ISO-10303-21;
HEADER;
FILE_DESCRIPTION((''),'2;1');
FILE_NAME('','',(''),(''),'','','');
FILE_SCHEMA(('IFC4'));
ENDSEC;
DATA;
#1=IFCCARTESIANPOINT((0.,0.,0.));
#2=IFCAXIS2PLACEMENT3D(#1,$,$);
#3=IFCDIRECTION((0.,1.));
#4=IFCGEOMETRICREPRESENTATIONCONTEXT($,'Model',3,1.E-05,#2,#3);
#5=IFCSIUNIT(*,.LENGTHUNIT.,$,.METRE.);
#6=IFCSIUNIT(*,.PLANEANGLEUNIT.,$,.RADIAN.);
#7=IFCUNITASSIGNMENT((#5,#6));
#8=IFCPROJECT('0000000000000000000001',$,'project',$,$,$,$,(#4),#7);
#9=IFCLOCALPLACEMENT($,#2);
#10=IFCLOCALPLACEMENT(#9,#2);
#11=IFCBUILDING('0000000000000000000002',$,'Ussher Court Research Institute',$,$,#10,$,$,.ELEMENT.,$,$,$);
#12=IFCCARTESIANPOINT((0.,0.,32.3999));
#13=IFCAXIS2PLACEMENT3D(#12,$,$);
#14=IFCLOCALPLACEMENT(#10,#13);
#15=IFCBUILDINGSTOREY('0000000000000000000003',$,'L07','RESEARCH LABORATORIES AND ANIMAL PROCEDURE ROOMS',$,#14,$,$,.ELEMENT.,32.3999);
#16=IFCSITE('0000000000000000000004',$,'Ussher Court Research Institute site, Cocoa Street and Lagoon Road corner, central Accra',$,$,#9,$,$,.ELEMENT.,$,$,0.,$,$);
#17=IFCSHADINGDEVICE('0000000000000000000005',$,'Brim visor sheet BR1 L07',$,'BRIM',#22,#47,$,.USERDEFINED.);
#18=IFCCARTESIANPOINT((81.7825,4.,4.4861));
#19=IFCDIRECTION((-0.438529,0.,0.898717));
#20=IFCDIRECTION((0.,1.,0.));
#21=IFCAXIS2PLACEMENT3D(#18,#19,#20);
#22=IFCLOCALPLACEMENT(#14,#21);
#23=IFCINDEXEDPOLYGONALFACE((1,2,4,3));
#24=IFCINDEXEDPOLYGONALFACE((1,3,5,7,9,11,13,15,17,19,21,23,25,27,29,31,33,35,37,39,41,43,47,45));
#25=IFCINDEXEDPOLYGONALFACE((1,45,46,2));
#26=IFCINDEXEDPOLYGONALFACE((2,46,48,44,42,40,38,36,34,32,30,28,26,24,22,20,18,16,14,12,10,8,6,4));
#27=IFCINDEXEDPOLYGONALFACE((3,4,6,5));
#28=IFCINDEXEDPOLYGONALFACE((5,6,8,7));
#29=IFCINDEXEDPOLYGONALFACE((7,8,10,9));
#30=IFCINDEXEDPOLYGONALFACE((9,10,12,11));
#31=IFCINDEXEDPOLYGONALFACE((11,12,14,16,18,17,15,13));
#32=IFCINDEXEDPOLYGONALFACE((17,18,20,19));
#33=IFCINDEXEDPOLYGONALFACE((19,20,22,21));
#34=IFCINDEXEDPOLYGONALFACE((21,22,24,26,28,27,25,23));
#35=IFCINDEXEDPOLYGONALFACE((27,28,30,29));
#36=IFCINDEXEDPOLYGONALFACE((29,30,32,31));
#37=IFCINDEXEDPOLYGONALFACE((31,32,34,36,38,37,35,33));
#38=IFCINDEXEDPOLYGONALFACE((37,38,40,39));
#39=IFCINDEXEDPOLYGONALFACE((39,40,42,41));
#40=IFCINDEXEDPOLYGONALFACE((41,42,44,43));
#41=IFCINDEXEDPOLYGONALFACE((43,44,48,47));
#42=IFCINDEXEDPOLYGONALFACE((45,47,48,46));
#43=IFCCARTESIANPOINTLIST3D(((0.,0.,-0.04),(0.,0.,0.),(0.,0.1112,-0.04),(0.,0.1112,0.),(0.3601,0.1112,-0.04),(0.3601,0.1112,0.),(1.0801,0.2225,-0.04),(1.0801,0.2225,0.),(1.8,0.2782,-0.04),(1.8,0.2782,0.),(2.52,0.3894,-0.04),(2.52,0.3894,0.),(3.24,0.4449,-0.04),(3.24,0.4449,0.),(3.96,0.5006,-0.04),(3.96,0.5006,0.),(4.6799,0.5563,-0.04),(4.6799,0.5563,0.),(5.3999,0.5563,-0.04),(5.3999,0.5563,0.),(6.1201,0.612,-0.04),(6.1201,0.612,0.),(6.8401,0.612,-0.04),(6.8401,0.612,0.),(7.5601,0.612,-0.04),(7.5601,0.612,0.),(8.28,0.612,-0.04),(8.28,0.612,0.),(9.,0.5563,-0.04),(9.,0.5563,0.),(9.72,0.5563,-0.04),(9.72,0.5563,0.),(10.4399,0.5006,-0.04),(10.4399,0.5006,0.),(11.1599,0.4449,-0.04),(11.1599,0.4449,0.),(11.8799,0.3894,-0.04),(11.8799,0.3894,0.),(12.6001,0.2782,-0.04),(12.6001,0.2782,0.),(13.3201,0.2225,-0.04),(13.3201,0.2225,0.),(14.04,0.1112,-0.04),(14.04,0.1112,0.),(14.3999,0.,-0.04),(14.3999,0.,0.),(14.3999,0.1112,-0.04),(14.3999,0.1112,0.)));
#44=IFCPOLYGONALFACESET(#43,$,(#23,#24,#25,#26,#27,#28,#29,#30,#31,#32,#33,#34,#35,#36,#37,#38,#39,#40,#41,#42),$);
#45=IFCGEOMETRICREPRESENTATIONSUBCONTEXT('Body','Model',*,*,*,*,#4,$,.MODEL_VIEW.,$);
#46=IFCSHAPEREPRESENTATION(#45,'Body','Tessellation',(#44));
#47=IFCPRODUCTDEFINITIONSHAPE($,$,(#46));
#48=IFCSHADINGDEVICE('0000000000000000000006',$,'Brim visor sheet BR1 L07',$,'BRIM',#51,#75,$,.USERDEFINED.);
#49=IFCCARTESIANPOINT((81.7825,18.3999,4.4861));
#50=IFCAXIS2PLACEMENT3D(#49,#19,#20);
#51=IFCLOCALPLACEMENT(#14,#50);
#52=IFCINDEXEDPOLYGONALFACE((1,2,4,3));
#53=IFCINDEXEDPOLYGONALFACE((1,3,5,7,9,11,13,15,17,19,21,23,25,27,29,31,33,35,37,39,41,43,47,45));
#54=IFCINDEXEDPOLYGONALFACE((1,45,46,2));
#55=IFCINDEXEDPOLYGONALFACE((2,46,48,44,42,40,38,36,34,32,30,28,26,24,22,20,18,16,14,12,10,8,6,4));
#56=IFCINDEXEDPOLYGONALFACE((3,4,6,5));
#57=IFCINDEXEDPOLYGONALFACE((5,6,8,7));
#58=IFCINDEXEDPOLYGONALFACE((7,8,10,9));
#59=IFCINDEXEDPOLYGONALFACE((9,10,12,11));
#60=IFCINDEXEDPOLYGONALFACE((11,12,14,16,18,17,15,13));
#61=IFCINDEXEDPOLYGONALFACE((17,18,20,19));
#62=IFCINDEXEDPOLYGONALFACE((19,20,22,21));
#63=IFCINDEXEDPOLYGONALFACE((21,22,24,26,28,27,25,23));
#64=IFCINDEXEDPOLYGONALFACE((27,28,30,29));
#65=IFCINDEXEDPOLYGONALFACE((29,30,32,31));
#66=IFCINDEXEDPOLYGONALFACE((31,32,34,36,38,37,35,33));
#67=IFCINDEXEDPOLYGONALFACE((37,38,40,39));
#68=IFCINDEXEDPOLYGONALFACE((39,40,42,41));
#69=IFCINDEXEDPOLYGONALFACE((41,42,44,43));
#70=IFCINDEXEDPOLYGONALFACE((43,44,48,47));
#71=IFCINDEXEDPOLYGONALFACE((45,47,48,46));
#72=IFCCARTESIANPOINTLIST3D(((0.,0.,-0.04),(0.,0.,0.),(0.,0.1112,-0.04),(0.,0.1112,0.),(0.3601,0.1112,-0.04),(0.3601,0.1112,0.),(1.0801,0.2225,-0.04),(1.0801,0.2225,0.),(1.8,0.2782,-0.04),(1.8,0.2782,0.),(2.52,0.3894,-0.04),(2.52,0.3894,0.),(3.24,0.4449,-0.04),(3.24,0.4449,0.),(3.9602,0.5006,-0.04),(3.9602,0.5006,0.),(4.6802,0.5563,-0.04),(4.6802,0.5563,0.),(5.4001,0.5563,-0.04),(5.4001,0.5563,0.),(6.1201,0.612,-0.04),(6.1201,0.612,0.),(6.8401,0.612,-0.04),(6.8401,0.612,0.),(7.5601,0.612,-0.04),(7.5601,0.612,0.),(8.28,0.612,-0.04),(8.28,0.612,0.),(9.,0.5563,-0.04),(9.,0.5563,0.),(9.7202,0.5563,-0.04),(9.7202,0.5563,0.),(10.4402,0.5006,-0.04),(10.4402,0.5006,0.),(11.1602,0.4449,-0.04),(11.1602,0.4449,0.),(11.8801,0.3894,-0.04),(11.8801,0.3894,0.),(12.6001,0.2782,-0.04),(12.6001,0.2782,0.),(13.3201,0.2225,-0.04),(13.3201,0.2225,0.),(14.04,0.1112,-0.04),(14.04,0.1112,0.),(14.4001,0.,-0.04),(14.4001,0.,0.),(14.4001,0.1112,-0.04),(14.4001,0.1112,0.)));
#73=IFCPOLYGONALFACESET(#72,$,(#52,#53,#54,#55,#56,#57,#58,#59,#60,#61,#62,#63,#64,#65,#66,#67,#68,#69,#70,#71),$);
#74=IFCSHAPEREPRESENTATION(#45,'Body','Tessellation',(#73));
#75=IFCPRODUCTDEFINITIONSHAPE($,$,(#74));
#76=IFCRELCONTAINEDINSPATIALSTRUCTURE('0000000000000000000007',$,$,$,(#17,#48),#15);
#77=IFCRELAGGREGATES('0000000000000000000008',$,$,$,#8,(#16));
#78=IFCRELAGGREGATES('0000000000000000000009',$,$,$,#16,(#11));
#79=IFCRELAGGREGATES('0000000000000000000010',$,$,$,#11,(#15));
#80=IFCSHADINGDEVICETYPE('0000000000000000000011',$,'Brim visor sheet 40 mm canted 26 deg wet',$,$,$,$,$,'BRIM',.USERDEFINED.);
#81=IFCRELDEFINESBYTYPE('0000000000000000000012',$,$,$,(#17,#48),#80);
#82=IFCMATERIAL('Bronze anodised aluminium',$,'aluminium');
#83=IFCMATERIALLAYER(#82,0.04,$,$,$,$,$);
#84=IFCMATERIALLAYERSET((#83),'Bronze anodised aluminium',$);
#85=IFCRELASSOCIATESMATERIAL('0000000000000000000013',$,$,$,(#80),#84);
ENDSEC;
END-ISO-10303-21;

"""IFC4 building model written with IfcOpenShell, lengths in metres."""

from ifc_helpers import new_model, si_unit, direction, frame, origin, place, context, subcontext, project, spatial, polyline, outline, extrude, material, layer, layer_set, type_object, element, save


model = new_model("IFC4")

# Units and contexts
model_context = context("Model", 3, precision=1e-05, world=origin(), true_north=direction((0.0, 1.0)))
body_context = subcontext(model_context, "Body", "Model", "MODEL_VIEW")
ifc_project = project(units=[si_unit("LENGTHUNIT", "METRE"), si_unit("PLANEANGLEUNIT", "RADIAN")], contexts=[model_context])

# Site, building, storey
site_placement = place(None, origin())
site = spatial("IfcSite", under=ifc_project, at=site_placement, Name="Ussher Court Research Institute site, Cocoa Street and Lagoon Road corner, central Accra", CompositionType="ELEMENT", RefElevation=0.0)
building_placement = place(site_placement, origin())
building = spatial("IfcBuilding", under=site, at=building_placement, Name="Ussher Court Research Institute", CompositionType="ELEMENT")
storey_placement = place(building_placement, frame((0.0, 0.0, 32.3999)))
storey = spatial("IfcBuildingStorey", under=building, at=storey_placement, Name="L07", Description="RESEARCH LABORATORIES AND ANIMAL PROCEDURE ROOMS", CompositionType="ELEMENT", Elevation=32.3999)

# Shading devices
ifc_material_1 = material(Name="Bronze anodised aluminium", Category="aluminium")
ifc_layer_1 = layer(ifc_material_1, 0.04)
ifc_layer_set_1 = layer_set([ifc_layer_1], Name="Bronze anodised aluminium")
shading_device_type_1 = type_object("IfcShadingDeviceType", Name="Brim visor sheet 40 mm canted 26 deg wet", ElementType="BRIM", PredefinedType="USERDEFINED", material=ifc_layer_set_1)
shading_device_1_placement = place(storey_placement, frame((81.7825, 4.0, 4.4861), z_axis=(-0.438529, 0.0, 0.898717), x_axis=(0.0, 1.0, 0.0)))
element("IfcShadingDevice", 1, at=shading_device_1_placement, inside=storey, type_object=shading_device_type_1, Name="Brim visor sheet BR1 L07", ObjectType="BRIM", PredefinedType="USERDEFINED", context=body_context, shape_type="SweptSolid", body=[
    extrude(outline(polyline([(0.0, 0.0), (14.3999, 0.0), (14.3999, 0.1112), (14.04, 0.1112), (13.3201, 0.2225), (12.6001, 0.2782), (11.8799, 0.3894), (11.1599, 0.4449), (10.4399, 0.5006), (9.72, 0.5563), (9.0, 0.5563), (8.28, 0.612), (7.5601, 0.612), (6.8401, 0.612), (6.1201, 0.612), (5.3999, 0.5563), (4.6799, 0.5563), (3.96, 0.5006), (3.24, 0.4449), (2.52, 0.3894), (1.8, 0.2782), (1.0801, 0.2225), (0.3601, 0.1112), (0.0, 0.1112), (0.0, 0.0)])), origin(), (0.0, 0.0, -1.0), 0.04),
])
shading_device_2_placement = place(storey_placement, frame((81.7825, 18.3999, 4.4861), z_axis=(-0.438529, 0.0, 0.898717), x_axis=(0.0, 1.0, 0.0)))
element("IfcShadingDevice", 2, at=shading_device_2_placement, inside=storey, type_object=shading_device_type_1, Name="Brim visor sheet BR1 L07", ObjectType="BRIM", PredefinedType="USERDEFINED", context=body_context, shape_type="SweptSolid", body=[
    extrude(outline(polyline([(0.0, 0.0), (14.4001, 0.0), (14.4001, 0.1112), (14.04, 0.1112), (13.3201, 0.2225), (12.6001, 0.2782), (11.8801, 0.3894), (11.1602, 0.4449), (10.4402, 0.5006), (9.7202, 0.5563), (9.0, 0.5563), (8.28, 0.612), (7.5601, 0.612), (6.8401, 0.612), (6.1201, 0.612), (5.4001, 0.5563), (4.6802, 0.5563), (3.9602, 0.5006), (3.24, 0.4449), (2.52, 0.3894), (1.8, 0.2782), (1.0801, 0.2225), (0.3601, 0.1112), (0.0, 0.1112), (0.0, 0.0)])), origin(), (0.0, 0.0, -1.0), 0.04),
])

save(model, "model.ifc")
